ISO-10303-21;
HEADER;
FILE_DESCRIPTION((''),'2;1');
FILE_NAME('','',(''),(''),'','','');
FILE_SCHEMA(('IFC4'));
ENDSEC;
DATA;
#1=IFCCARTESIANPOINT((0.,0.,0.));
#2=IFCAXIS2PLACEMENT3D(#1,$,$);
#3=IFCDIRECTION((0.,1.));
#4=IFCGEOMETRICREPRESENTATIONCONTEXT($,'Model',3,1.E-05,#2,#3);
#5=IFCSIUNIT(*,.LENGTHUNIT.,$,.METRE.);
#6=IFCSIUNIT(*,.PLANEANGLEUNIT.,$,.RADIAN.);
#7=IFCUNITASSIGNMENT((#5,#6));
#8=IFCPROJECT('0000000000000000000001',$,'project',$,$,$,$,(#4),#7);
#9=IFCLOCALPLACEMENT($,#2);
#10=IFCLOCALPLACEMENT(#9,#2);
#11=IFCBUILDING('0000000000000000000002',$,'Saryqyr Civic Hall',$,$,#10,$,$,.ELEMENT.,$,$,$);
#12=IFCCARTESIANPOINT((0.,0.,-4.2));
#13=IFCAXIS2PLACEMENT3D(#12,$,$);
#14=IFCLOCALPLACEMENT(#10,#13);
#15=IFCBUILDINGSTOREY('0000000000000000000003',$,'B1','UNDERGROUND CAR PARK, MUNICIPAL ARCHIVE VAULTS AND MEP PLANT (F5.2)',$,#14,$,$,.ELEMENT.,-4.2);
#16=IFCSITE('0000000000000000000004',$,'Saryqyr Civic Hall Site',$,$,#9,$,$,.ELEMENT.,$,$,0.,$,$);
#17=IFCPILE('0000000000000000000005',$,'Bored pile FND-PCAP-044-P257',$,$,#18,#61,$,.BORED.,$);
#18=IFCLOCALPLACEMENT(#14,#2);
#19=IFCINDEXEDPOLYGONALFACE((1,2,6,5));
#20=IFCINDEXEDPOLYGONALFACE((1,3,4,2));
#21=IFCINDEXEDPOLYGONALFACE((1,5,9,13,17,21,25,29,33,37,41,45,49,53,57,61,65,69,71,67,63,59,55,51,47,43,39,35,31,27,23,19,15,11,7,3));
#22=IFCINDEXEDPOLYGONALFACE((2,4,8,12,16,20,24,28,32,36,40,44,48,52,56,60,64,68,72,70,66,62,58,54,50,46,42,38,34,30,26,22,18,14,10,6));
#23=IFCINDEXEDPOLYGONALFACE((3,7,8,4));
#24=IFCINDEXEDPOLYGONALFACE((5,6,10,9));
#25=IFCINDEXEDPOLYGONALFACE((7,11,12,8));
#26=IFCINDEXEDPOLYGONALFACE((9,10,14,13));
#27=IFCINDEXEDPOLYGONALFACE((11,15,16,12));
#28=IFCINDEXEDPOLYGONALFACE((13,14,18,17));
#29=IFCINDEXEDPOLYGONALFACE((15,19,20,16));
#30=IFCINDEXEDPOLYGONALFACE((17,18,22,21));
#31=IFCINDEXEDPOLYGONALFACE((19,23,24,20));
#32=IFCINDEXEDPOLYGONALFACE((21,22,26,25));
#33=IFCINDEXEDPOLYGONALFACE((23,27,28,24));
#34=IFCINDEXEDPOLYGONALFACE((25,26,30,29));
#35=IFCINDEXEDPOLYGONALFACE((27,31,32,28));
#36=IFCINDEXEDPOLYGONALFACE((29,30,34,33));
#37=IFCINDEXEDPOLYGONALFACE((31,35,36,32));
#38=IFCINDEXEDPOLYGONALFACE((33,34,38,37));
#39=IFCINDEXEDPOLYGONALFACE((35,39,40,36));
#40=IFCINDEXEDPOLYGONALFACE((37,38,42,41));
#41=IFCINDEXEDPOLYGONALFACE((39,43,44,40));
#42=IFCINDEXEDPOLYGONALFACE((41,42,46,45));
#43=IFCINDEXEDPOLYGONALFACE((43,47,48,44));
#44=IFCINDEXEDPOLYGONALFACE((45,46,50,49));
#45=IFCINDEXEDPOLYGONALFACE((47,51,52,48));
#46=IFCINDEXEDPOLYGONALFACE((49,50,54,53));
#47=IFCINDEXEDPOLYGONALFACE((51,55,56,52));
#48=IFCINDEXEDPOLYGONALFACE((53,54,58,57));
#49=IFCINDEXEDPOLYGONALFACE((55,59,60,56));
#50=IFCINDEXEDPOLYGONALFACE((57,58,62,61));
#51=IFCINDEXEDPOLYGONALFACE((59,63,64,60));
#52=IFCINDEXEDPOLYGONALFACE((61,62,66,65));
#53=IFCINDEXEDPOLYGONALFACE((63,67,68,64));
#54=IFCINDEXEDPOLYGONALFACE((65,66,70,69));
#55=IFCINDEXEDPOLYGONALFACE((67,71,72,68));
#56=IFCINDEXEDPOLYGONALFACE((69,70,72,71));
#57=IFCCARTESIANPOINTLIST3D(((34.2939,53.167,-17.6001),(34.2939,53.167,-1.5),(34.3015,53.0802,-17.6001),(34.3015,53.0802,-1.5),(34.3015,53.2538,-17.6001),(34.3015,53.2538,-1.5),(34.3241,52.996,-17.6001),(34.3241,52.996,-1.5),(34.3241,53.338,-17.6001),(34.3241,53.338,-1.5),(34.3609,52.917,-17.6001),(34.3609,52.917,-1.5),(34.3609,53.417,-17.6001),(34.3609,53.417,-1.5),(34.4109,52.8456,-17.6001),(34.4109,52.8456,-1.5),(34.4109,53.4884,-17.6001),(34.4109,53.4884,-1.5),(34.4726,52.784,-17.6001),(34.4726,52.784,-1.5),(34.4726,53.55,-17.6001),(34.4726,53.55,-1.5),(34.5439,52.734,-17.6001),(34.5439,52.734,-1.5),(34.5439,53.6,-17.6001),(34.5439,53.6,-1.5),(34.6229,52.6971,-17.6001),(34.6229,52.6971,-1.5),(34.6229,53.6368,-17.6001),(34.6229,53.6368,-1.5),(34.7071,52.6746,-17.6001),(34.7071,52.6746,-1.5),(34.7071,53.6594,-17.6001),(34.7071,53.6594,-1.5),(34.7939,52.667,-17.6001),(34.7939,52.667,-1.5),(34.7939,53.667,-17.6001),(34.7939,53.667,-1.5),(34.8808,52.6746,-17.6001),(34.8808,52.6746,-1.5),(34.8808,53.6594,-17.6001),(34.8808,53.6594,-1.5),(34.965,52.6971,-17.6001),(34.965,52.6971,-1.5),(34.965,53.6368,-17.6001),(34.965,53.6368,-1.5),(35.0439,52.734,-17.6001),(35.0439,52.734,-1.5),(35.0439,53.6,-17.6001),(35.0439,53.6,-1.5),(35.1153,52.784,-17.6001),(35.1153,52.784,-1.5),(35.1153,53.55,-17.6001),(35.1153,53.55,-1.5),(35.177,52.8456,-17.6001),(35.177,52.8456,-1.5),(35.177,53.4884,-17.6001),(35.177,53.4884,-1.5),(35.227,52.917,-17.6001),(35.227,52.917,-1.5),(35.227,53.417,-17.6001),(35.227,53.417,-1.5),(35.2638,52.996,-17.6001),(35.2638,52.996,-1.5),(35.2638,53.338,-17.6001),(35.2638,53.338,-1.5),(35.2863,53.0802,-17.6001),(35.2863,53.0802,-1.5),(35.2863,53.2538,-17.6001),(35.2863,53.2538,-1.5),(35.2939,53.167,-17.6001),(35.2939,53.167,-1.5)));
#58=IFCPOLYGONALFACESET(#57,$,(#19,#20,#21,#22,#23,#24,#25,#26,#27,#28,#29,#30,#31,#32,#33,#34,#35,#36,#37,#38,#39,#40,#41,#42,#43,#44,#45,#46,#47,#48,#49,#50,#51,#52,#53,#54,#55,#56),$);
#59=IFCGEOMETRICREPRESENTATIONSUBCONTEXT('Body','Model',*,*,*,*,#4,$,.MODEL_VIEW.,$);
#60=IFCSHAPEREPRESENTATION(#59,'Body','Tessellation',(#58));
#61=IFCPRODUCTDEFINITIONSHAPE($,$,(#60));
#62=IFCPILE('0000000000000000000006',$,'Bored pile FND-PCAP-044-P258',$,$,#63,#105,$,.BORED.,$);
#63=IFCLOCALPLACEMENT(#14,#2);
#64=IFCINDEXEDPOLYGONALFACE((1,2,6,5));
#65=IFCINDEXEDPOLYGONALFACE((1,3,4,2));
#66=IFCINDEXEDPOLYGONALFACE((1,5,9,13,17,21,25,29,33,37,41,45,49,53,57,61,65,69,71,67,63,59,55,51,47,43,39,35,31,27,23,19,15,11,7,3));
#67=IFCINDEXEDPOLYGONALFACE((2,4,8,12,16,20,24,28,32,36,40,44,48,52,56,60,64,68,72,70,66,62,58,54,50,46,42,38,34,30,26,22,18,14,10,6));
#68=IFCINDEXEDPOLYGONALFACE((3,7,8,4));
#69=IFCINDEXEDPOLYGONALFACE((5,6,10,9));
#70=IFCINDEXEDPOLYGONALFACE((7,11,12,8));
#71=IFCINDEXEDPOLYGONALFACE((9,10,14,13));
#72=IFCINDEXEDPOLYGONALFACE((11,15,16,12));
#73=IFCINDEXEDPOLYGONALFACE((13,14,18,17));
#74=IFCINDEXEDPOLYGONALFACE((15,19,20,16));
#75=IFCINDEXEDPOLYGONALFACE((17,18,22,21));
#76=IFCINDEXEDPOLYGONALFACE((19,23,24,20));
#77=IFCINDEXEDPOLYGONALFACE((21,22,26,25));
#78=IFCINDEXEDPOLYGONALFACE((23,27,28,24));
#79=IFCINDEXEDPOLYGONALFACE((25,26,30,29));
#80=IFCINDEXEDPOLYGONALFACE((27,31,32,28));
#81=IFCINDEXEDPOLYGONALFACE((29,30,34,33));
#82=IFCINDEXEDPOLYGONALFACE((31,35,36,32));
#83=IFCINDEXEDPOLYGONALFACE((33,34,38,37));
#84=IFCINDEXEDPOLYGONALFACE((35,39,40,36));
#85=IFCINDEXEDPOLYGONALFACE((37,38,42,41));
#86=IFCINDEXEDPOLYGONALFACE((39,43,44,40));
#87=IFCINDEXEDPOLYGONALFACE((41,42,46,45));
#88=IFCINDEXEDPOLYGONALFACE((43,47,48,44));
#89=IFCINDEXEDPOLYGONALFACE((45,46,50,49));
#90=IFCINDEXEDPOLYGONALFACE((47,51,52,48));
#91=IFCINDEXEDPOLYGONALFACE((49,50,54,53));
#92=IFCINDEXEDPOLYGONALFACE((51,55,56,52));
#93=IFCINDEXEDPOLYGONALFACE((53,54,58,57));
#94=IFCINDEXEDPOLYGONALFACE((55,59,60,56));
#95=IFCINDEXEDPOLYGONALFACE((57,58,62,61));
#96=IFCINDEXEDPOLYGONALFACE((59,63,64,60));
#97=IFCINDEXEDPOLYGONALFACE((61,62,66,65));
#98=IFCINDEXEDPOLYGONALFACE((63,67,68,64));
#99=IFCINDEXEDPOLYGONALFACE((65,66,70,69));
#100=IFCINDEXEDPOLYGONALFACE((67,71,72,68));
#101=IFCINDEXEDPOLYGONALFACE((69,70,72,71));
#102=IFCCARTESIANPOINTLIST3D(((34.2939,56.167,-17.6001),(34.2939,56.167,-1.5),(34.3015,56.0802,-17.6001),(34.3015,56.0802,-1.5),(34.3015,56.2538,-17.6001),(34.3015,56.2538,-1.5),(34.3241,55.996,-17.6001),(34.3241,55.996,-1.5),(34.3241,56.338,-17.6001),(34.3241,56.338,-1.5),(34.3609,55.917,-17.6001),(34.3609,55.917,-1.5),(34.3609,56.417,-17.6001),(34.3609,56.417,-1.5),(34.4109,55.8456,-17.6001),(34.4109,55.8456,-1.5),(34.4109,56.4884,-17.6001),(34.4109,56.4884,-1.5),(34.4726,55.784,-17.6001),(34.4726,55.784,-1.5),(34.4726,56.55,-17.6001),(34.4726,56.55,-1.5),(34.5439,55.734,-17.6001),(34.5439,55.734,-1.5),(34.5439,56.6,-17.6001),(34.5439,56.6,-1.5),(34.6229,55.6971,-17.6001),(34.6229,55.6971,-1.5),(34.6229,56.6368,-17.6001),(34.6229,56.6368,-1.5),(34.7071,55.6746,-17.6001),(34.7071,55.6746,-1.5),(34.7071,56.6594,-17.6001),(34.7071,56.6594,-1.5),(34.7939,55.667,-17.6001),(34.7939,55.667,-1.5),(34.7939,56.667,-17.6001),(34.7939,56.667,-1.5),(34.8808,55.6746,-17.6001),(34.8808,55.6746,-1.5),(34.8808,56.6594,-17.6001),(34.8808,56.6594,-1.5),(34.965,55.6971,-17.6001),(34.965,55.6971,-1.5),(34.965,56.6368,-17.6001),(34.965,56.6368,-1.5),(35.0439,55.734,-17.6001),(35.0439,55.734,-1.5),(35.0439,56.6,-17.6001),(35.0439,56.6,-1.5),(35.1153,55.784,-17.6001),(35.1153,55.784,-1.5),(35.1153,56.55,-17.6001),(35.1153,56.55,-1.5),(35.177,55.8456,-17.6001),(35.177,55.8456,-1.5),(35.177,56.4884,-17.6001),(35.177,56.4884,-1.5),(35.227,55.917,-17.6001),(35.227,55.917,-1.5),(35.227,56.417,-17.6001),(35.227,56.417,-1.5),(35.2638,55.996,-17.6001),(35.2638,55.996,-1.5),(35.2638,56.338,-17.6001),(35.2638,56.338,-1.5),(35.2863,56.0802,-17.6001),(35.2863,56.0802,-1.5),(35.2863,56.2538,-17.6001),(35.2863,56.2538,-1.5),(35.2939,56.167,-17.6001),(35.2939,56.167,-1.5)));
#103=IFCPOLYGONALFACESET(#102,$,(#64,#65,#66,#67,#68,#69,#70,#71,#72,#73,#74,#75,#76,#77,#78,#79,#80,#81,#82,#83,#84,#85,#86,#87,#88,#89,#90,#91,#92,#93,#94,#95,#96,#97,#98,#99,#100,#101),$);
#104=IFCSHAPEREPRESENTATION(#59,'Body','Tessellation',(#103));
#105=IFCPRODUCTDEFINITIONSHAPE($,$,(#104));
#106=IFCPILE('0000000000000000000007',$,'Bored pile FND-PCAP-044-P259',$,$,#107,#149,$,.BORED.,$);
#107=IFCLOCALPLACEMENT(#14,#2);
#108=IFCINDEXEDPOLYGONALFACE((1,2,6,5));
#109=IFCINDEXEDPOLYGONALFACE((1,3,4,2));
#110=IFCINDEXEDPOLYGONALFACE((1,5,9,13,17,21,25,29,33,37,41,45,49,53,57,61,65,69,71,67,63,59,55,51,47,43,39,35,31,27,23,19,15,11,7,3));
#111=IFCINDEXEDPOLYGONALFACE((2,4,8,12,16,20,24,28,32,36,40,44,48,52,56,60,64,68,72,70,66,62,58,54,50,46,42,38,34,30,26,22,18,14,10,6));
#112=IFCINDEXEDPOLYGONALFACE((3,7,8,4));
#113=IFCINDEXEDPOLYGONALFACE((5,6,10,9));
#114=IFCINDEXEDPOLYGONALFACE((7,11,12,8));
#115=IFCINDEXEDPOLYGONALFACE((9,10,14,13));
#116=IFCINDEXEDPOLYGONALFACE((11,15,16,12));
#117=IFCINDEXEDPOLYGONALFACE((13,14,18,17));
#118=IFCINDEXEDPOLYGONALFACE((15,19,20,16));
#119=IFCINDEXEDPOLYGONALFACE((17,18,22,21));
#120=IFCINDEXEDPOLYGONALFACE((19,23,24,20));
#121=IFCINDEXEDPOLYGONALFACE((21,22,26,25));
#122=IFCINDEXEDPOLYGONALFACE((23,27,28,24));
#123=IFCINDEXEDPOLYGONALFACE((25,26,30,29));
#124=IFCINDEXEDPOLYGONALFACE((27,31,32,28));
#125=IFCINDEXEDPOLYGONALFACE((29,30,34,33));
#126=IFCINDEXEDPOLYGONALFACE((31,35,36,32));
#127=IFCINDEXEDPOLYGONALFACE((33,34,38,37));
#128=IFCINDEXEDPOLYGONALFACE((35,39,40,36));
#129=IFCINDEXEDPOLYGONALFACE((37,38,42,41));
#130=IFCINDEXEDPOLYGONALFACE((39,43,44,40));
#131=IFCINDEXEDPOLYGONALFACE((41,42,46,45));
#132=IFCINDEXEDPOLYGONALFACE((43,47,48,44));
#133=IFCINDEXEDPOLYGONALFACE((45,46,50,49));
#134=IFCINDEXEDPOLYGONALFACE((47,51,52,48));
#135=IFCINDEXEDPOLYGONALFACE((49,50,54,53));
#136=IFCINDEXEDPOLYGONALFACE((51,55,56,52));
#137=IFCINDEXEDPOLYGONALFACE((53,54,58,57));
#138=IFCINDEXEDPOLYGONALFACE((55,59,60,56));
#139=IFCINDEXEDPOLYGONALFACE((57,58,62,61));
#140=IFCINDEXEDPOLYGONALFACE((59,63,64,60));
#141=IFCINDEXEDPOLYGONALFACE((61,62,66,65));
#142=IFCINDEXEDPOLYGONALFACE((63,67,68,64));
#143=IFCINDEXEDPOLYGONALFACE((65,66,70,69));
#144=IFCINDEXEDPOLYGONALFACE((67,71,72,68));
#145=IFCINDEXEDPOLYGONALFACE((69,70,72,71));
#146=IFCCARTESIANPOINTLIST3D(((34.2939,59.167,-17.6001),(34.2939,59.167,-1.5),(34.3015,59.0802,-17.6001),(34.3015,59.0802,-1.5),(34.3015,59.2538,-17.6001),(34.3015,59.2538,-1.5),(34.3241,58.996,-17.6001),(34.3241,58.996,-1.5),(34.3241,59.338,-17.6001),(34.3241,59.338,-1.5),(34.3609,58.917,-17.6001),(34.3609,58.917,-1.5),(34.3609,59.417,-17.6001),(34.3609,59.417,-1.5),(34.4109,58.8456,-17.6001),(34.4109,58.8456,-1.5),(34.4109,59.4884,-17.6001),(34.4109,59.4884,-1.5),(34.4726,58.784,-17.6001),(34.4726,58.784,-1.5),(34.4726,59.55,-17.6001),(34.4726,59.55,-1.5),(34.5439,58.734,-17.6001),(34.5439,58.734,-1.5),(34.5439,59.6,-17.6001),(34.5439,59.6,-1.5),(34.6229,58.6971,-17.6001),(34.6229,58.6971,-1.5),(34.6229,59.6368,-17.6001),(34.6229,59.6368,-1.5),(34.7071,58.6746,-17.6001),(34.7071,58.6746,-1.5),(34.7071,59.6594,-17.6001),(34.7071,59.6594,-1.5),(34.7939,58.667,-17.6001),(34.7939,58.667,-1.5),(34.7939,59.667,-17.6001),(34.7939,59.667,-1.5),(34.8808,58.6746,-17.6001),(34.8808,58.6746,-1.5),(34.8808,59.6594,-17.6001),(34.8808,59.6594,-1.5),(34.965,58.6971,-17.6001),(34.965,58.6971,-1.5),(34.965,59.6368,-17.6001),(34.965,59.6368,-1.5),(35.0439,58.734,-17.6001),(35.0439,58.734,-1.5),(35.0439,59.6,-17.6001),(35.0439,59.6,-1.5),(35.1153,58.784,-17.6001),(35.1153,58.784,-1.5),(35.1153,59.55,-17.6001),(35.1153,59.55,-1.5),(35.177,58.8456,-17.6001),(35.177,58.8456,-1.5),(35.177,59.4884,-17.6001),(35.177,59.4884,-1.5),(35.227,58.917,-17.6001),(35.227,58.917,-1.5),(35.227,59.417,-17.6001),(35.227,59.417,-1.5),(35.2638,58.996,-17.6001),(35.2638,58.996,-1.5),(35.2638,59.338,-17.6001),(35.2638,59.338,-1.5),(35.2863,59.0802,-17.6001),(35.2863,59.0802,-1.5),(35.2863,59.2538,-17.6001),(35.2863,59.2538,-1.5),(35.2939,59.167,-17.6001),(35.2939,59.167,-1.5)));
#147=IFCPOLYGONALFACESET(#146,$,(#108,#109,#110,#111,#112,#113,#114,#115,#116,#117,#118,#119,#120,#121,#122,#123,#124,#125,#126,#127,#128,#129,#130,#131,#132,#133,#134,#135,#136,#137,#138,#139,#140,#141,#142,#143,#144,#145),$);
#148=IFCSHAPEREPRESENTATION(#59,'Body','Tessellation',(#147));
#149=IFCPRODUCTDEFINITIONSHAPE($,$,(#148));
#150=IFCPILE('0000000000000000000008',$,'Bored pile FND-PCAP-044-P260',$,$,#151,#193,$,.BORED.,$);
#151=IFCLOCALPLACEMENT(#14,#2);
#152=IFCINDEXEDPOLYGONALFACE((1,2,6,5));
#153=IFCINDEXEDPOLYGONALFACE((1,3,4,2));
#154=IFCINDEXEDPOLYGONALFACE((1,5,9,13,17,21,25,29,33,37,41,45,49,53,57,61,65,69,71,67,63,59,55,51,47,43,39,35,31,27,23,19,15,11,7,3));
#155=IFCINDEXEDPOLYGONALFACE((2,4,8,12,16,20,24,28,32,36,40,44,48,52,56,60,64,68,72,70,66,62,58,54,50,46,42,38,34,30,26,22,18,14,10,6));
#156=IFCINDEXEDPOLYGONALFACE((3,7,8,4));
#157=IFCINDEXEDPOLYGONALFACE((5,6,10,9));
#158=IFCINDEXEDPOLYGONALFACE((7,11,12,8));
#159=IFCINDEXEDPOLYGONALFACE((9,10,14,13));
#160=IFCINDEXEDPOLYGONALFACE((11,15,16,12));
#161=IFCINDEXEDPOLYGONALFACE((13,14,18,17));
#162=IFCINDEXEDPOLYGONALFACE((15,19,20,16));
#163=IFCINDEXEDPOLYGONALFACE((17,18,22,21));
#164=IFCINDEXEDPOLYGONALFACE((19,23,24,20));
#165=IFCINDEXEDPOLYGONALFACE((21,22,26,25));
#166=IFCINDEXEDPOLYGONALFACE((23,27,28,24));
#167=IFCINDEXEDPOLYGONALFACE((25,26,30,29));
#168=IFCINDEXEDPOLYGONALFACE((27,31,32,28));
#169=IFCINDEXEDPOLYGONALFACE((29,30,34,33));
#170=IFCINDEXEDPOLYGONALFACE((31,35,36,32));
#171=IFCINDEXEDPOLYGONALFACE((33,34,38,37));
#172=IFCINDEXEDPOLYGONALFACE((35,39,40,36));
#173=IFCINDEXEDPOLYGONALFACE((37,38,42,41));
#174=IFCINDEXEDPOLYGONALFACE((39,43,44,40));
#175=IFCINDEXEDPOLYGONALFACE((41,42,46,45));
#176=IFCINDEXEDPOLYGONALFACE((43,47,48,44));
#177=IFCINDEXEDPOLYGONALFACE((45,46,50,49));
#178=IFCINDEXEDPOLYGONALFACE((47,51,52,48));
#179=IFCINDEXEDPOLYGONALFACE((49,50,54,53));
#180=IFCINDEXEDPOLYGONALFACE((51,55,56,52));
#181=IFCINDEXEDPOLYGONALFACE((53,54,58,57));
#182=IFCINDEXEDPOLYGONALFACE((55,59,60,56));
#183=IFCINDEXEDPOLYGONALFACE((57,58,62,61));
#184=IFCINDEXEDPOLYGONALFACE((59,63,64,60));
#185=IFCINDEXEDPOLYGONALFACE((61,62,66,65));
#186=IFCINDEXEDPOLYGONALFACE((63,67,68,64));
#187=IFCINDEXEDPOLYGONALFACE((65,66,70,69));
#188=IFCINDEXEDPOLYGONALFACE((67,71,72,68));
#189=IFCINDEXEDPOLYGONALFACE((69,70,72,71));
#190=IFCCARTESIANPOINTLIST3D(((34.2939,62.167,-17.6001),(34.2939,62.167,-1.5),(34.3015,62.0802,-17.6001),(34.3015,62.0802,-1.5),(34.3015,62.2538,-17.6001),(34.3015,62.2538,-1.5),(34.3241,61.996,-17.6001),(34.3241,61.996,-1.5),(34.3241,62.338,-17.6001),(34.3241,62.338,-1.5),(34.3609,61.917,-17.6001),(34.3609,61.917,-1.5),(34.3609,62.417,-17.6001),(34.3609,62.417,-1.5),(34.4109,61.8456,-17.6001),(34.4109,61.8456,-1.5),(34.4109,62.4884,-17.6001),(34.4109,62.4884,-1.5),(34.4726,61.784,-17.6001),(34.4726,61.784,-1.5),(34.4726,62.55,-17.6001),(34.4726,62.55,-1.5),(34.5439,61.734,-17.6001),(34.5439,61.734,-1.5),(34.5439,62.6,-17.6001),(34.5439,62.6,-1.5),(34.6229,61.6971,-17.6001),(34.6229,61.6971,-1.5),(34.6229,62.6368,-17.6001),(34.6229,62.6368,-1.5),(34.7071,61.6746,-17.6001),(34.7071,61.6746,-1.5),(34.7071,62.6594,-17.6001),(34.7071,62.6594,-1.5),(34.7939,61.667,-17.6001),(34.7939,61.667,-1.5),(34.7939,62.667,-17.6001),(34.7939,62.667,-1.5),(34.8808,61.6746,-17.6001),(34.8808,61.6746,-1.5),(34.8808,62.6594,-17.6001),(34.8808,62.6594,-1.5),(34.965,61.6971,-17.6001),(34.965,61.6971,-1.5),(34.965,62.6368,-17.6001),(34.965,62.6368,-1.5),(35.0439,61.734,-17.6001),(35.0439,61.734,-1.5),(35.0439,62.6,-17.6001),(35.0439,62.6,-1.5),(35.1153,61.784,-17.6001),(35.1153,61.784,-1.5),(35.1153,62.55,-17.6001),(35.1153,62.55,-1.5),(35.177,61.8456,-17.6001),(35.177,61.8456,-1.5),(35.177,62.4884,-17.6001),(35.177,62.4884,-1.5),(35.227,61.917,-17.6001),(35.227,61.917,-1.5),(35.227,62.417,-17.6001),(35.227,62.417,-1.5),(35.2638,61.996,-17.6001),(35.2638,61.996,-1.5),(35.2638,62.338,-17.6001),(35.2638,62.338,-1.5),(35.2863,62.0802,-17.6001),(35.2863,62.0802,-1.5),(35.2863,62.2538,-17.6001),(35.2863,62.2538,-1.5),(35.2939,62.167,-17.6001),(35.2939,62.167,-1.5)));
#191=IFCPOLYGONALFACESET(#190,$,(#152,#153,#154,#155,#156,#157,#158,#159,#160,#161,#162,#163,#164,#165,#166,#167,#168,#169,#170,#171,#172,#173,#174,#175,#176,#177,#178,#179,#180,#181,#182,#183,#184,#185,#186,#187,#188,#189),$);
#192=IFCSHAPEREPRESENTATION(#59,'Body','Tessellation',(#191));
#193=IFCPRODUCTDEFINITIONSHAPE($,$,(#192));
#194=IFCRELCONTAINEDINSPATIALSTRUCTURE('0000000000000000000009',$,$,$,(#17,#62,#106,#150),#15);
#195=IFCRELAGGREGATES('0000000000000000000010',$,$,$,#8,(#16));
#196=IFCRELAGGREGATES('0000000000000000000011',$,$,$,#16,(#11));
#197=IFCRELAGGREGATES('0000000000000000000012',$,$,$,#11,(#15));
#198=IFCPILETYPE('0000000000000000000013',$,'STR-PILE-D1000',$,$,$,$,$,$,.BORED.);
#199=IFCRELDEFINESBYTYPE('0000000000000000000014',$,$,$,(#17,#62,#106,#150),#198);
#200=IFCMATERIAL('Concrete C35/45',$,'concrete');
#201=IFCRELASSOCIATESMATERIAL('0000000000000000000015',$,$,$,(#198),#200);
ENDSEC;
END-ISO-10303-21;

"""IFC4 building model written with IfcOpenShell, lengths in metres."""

from ifc_helpers import new_model, si_unit, direction, frame, origin, origin_2d, place, context, subcontext, project, spatial, circle, extrude, material, material_profile, profile_set, type_object, element, save


model = new_model("IFC4")

# Units and contexts
model_context = context("Model", 3, precision=1e-05, world=origin(), true_north=direction((0.0, 1.0)))
body_context = subcontext(model_context, "Body", "Model", "MODEL_VIEW")
ifc_project = project(units=[si_unit("LENGTHUNIT", "METRE"), si_unit("PLANEANGLEUNIT", "RADIAN")], contexts=[model_context])

# Site, building, storey
site_placement = place(None, origin())
site = spatial("IfcSite", under=ifc_project, at=site_placement, Name="Saryqyr Civic Hall Site", CompositionType="ELEMENT", RefElevation=0.0)
building_placement = place(site_placement, origin())
building = spatial("IfcBuilding", under=site, at=building_placement, Name="Saryqyr Civic Hall", CompositionType="ELEMENT")
storey_placement = place(building_placement, frame((0.0, 0.0, -4.2)))
storey = spatial("IfcBuildingStorey", under=building, at=storey_placement, Name="B1", Description="UNDERGROUND CAR PARK, MUNICIPAL ARCHIVE VAULTS AND MEP PLANT (F5.2)", CompositionType="ELEMENT", Elevation=-4.2)

# Piles
ifc_material_1 = material(Name="Concrete C35/45", Category="concrete")
ifc_material_profile_1 = material_profile(ifc_material_1, circle(Radius=0.5, at=origin_2d()), Name="BORED PILE D1000")
ifc_profile_set_1 = profile_set([ifc_material_profile_1], Name="Concrete C35/45")
pile_type = type_object("IfcPileType", Name="STR-PILE-D1000", PredefinedType="BORED", material=ifc_profile_set_1)
for number, where, z_axis, x_axis, name in (
    (1, (34.7939, 53.167, -1.5), (0.0, 0.0, -1.0), (1.0, 0.0, 0.0), "Bored pile FND-PCAP-044-P257"),
    (2, (34.7939, 56.167, -1.5), (0.0, 0.0, -1.0), (1.0, 0.0, 0.0), "Bored pile FND-PCAP-044-P258"),
    (3, (34.7939, 59.167, -1.5), (0.0, 0.0, -1.0), (1.0, 0.0, 0.0), "Bored pile FND-PCAP-044-P259"),
    (4, (34.7939, 62.167, -1.5), (0.0, 0.0, -1.0), (1.0, 0.0, 0.0), "Bored pile FND-PCAP-044-P260"),
):
    element("IfcPile", number, at=place(storey_placement, frame(where, z_axis=z_axis, x_axis=x_axis)), inside=storey, type_object=pile_type, Name=name, PredefinedType="BORED", context=body_context, shape_type="SweptSolid", body=[
        extrude(circle(Radius=0.5, at=origin_2d()), origin(), (0.0, 0.0, 1.0), 16.1001),
    ])

save(model, "model.ifc")
